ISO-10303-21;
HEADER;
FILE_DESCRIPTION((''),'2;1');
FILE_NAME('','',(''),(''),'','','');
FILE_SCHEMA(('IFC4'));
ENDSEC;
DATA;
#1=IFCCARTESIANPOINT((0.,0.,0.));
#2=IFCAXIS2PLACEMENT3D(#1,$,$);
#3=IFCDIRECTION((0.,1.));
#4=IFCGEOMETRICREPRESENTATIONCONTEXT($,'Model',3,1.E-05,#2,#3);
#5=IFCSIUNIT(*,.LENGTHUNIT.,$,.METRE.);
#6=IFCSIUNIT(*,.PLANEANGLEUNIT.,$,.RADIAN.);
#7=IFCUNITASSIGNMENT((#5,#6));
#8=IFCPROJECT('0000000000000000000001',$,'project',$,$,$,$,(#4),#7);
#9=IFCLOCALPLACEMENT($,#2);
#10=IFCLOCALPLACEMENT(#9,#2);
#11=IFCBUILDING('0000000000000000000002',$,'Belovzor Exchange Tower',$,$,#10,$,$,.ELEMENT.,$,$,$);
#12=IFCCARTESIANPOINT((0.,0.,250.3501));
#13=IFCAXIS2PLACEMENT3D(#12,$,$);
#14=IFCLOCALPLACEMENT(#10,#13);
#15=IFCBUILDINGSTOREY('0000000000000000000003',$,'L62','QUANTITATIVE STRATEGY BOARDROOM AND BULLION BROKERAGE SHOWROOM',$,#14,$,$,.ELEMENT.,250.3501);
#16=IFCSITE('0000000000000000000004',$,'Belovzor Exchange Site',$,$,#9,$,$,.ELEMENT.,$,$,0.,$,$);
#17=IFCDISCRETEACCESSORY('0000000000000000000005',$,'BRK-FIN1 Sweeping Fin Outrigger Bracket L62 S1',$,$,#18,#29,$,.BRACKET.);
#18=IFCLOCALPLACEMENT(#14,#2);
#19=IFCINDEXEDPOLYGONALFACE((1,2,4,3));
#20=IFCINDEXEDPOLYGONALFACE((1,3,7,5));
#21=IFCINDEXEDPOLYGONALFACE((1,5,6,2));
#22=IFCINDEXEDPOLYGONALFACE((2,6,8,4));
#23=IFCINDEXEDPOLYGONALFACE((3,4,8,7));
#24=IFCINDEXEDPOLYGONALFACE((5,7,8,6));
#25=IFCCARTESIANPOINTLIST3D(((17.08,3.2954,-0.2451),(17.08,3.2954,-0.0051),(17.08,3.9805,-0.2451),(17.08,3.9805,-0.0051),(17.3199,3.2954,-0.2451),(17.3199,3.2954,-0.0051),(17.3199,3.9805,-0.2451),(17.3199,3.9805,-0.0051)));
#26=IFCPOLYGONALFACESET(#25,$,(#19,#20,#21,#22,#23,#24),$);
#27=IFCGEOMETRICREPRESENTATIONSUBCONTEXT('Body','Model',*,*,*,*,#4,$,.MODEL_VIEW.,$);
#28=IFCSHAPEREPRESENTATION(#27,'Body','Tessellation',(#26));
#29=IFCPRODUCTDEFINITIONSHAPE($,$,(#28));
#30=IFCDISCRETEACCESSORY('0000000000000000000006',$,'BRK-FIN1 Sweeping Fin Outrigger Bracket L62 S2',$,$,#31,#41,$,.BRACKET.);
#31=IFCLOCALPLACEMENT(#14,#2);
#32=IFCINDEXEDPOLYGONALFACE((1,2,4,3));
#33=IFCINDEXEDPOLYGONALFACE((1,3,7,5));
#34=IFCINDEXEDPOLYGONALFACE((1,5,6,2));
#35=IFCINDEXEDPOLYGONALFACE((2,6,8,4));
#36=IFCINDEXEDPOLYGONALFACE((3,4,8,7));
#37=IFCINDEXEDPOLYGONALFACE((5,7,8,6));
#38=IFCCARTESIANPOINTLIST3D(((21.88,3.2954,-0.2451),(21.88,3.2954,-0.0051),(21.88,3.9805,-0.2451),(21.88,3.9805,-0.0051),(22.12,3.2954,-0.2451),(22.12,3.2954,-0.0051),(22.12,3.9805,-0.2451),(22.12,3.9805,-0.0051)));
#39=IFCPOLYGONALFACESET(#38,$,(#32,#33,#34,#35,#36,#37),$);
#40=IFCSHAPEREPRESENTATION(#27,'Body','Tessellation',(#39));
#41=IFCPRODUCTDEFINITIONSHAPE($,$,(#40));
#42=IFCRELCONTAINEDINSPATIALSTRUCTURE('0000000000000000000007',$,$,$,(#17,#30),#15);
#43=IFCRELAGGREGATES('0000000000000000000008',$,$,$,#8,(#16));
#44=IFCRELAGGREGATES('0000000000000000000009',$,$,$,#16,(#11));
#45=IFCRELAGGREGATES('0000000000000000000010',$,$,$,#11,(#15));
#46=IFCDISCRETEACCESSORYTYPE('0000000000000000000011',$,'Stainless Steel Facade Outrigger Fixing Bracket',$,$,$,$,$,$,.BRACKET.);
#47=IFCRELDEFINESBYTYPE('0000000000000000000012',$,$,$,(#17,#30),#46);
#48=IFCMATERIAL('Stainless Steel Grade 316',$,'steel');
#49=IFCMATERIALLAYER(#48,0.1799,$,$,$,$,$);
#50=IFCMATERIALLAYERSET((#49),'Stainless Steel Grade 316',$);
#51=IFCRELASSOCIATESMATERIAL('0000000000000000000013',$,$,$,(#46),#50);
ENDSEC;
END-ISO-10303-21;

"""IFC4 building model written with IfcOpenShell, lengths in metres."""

from ifc_helpers import new_model, si_unit, direction, frame, origin, origin_2d, place, context, subcontext, project, spatial, rectangle, extrude, material, layer, layer_set, type_object, element, save


model = new_model("IFC4")

# Units and contexts
model_context = context("Model", 3, precision=1e-05, world=origin(), true_north=direction((0.0, 1.0)))
body_context = subcontext(model_context, "Body", "Model", "MODEL_VIEW")
ifc_project = project(units=[si_unit("LENGTHUNIT", "METRE"), si_unit("PLANEANGLEUNIT", "RADIAN")], contexts=[model_context])

# Site, building, storey
site_placement = place(None, origin())
site = spatial("IfcSite", under=ifc_project, at=site_placement, Name="Belovzor Exchange Site", CompositionType="ELEMENT", RefElevation=0.0)
building_placement = place(site_placement, origin())
building = spatial("IfcBuilding", under=site, at=building_placement, Name="Belovzor Exchange Tower", CompositionType="ELEMENT")
storey_placement = place(building_placement, frame((0.0, 0.0, 250.3501)))
storey = spatial("IfcBuildingStorey", under=building, at=storey_placement, Name="L62", Description="QUANTITATIVE STRATEGY BOARDROOM AND BULLION BROKERAGE SHOWROOM", CompositionType="ELEMENT", Elevation=250.3501)

# Discrete accessories
ifc_material_1 = material(Name="Stainless Steel Grade 316", Category="steel")
ifc_layer_1 = layer(ifc_material_1, 0.1799)
ifc_layer_set_1 = layer_set([ifc_layer_1], Name="Stainless Steel Grade 316")
discrete_accessory_type = type_object("IfcDiscreteAccessoryType", Name="Stainless Steel Facade Outrigger Fixing Bracket", PredefinedType="BRACKET", material=ifc_layer_set_1)
for number, where, z_axis, x_axis, name in (
    (1, (17.2, 3.6379, -0.2451), (0.0, 0.0, 1.0), (0.0, 1.0, 0.0), "BRK-FIN1 Sweeping Fin Outrigger Bracket L62 S1"),
    (2, (22.0, 3.6379, -0.2451), (0.0, 0.0, 1.0), (0.0, 1.0, 0.0), "BRK-FIN1 Sweeping Fin Outrigger Bracket L62 S2"),
):
    element("IfcDiscreteAccessory", number, at=place(storey_placement, frame(where, z_axis=z_axis, x_axis=x_axis)), inside=storey, type_object=discrete_accessory_type, Name=name, PredefinedType="BRACKET", context=body_context, shape_type="SweptSolid", body=[
        extrude(rectangle(XDim=0.6851, YDim=0.24, at=origin_2d()), origin(), (0.0, 0.0, 1.0), 0.24),
    ])

save(model, "model.ifc")
